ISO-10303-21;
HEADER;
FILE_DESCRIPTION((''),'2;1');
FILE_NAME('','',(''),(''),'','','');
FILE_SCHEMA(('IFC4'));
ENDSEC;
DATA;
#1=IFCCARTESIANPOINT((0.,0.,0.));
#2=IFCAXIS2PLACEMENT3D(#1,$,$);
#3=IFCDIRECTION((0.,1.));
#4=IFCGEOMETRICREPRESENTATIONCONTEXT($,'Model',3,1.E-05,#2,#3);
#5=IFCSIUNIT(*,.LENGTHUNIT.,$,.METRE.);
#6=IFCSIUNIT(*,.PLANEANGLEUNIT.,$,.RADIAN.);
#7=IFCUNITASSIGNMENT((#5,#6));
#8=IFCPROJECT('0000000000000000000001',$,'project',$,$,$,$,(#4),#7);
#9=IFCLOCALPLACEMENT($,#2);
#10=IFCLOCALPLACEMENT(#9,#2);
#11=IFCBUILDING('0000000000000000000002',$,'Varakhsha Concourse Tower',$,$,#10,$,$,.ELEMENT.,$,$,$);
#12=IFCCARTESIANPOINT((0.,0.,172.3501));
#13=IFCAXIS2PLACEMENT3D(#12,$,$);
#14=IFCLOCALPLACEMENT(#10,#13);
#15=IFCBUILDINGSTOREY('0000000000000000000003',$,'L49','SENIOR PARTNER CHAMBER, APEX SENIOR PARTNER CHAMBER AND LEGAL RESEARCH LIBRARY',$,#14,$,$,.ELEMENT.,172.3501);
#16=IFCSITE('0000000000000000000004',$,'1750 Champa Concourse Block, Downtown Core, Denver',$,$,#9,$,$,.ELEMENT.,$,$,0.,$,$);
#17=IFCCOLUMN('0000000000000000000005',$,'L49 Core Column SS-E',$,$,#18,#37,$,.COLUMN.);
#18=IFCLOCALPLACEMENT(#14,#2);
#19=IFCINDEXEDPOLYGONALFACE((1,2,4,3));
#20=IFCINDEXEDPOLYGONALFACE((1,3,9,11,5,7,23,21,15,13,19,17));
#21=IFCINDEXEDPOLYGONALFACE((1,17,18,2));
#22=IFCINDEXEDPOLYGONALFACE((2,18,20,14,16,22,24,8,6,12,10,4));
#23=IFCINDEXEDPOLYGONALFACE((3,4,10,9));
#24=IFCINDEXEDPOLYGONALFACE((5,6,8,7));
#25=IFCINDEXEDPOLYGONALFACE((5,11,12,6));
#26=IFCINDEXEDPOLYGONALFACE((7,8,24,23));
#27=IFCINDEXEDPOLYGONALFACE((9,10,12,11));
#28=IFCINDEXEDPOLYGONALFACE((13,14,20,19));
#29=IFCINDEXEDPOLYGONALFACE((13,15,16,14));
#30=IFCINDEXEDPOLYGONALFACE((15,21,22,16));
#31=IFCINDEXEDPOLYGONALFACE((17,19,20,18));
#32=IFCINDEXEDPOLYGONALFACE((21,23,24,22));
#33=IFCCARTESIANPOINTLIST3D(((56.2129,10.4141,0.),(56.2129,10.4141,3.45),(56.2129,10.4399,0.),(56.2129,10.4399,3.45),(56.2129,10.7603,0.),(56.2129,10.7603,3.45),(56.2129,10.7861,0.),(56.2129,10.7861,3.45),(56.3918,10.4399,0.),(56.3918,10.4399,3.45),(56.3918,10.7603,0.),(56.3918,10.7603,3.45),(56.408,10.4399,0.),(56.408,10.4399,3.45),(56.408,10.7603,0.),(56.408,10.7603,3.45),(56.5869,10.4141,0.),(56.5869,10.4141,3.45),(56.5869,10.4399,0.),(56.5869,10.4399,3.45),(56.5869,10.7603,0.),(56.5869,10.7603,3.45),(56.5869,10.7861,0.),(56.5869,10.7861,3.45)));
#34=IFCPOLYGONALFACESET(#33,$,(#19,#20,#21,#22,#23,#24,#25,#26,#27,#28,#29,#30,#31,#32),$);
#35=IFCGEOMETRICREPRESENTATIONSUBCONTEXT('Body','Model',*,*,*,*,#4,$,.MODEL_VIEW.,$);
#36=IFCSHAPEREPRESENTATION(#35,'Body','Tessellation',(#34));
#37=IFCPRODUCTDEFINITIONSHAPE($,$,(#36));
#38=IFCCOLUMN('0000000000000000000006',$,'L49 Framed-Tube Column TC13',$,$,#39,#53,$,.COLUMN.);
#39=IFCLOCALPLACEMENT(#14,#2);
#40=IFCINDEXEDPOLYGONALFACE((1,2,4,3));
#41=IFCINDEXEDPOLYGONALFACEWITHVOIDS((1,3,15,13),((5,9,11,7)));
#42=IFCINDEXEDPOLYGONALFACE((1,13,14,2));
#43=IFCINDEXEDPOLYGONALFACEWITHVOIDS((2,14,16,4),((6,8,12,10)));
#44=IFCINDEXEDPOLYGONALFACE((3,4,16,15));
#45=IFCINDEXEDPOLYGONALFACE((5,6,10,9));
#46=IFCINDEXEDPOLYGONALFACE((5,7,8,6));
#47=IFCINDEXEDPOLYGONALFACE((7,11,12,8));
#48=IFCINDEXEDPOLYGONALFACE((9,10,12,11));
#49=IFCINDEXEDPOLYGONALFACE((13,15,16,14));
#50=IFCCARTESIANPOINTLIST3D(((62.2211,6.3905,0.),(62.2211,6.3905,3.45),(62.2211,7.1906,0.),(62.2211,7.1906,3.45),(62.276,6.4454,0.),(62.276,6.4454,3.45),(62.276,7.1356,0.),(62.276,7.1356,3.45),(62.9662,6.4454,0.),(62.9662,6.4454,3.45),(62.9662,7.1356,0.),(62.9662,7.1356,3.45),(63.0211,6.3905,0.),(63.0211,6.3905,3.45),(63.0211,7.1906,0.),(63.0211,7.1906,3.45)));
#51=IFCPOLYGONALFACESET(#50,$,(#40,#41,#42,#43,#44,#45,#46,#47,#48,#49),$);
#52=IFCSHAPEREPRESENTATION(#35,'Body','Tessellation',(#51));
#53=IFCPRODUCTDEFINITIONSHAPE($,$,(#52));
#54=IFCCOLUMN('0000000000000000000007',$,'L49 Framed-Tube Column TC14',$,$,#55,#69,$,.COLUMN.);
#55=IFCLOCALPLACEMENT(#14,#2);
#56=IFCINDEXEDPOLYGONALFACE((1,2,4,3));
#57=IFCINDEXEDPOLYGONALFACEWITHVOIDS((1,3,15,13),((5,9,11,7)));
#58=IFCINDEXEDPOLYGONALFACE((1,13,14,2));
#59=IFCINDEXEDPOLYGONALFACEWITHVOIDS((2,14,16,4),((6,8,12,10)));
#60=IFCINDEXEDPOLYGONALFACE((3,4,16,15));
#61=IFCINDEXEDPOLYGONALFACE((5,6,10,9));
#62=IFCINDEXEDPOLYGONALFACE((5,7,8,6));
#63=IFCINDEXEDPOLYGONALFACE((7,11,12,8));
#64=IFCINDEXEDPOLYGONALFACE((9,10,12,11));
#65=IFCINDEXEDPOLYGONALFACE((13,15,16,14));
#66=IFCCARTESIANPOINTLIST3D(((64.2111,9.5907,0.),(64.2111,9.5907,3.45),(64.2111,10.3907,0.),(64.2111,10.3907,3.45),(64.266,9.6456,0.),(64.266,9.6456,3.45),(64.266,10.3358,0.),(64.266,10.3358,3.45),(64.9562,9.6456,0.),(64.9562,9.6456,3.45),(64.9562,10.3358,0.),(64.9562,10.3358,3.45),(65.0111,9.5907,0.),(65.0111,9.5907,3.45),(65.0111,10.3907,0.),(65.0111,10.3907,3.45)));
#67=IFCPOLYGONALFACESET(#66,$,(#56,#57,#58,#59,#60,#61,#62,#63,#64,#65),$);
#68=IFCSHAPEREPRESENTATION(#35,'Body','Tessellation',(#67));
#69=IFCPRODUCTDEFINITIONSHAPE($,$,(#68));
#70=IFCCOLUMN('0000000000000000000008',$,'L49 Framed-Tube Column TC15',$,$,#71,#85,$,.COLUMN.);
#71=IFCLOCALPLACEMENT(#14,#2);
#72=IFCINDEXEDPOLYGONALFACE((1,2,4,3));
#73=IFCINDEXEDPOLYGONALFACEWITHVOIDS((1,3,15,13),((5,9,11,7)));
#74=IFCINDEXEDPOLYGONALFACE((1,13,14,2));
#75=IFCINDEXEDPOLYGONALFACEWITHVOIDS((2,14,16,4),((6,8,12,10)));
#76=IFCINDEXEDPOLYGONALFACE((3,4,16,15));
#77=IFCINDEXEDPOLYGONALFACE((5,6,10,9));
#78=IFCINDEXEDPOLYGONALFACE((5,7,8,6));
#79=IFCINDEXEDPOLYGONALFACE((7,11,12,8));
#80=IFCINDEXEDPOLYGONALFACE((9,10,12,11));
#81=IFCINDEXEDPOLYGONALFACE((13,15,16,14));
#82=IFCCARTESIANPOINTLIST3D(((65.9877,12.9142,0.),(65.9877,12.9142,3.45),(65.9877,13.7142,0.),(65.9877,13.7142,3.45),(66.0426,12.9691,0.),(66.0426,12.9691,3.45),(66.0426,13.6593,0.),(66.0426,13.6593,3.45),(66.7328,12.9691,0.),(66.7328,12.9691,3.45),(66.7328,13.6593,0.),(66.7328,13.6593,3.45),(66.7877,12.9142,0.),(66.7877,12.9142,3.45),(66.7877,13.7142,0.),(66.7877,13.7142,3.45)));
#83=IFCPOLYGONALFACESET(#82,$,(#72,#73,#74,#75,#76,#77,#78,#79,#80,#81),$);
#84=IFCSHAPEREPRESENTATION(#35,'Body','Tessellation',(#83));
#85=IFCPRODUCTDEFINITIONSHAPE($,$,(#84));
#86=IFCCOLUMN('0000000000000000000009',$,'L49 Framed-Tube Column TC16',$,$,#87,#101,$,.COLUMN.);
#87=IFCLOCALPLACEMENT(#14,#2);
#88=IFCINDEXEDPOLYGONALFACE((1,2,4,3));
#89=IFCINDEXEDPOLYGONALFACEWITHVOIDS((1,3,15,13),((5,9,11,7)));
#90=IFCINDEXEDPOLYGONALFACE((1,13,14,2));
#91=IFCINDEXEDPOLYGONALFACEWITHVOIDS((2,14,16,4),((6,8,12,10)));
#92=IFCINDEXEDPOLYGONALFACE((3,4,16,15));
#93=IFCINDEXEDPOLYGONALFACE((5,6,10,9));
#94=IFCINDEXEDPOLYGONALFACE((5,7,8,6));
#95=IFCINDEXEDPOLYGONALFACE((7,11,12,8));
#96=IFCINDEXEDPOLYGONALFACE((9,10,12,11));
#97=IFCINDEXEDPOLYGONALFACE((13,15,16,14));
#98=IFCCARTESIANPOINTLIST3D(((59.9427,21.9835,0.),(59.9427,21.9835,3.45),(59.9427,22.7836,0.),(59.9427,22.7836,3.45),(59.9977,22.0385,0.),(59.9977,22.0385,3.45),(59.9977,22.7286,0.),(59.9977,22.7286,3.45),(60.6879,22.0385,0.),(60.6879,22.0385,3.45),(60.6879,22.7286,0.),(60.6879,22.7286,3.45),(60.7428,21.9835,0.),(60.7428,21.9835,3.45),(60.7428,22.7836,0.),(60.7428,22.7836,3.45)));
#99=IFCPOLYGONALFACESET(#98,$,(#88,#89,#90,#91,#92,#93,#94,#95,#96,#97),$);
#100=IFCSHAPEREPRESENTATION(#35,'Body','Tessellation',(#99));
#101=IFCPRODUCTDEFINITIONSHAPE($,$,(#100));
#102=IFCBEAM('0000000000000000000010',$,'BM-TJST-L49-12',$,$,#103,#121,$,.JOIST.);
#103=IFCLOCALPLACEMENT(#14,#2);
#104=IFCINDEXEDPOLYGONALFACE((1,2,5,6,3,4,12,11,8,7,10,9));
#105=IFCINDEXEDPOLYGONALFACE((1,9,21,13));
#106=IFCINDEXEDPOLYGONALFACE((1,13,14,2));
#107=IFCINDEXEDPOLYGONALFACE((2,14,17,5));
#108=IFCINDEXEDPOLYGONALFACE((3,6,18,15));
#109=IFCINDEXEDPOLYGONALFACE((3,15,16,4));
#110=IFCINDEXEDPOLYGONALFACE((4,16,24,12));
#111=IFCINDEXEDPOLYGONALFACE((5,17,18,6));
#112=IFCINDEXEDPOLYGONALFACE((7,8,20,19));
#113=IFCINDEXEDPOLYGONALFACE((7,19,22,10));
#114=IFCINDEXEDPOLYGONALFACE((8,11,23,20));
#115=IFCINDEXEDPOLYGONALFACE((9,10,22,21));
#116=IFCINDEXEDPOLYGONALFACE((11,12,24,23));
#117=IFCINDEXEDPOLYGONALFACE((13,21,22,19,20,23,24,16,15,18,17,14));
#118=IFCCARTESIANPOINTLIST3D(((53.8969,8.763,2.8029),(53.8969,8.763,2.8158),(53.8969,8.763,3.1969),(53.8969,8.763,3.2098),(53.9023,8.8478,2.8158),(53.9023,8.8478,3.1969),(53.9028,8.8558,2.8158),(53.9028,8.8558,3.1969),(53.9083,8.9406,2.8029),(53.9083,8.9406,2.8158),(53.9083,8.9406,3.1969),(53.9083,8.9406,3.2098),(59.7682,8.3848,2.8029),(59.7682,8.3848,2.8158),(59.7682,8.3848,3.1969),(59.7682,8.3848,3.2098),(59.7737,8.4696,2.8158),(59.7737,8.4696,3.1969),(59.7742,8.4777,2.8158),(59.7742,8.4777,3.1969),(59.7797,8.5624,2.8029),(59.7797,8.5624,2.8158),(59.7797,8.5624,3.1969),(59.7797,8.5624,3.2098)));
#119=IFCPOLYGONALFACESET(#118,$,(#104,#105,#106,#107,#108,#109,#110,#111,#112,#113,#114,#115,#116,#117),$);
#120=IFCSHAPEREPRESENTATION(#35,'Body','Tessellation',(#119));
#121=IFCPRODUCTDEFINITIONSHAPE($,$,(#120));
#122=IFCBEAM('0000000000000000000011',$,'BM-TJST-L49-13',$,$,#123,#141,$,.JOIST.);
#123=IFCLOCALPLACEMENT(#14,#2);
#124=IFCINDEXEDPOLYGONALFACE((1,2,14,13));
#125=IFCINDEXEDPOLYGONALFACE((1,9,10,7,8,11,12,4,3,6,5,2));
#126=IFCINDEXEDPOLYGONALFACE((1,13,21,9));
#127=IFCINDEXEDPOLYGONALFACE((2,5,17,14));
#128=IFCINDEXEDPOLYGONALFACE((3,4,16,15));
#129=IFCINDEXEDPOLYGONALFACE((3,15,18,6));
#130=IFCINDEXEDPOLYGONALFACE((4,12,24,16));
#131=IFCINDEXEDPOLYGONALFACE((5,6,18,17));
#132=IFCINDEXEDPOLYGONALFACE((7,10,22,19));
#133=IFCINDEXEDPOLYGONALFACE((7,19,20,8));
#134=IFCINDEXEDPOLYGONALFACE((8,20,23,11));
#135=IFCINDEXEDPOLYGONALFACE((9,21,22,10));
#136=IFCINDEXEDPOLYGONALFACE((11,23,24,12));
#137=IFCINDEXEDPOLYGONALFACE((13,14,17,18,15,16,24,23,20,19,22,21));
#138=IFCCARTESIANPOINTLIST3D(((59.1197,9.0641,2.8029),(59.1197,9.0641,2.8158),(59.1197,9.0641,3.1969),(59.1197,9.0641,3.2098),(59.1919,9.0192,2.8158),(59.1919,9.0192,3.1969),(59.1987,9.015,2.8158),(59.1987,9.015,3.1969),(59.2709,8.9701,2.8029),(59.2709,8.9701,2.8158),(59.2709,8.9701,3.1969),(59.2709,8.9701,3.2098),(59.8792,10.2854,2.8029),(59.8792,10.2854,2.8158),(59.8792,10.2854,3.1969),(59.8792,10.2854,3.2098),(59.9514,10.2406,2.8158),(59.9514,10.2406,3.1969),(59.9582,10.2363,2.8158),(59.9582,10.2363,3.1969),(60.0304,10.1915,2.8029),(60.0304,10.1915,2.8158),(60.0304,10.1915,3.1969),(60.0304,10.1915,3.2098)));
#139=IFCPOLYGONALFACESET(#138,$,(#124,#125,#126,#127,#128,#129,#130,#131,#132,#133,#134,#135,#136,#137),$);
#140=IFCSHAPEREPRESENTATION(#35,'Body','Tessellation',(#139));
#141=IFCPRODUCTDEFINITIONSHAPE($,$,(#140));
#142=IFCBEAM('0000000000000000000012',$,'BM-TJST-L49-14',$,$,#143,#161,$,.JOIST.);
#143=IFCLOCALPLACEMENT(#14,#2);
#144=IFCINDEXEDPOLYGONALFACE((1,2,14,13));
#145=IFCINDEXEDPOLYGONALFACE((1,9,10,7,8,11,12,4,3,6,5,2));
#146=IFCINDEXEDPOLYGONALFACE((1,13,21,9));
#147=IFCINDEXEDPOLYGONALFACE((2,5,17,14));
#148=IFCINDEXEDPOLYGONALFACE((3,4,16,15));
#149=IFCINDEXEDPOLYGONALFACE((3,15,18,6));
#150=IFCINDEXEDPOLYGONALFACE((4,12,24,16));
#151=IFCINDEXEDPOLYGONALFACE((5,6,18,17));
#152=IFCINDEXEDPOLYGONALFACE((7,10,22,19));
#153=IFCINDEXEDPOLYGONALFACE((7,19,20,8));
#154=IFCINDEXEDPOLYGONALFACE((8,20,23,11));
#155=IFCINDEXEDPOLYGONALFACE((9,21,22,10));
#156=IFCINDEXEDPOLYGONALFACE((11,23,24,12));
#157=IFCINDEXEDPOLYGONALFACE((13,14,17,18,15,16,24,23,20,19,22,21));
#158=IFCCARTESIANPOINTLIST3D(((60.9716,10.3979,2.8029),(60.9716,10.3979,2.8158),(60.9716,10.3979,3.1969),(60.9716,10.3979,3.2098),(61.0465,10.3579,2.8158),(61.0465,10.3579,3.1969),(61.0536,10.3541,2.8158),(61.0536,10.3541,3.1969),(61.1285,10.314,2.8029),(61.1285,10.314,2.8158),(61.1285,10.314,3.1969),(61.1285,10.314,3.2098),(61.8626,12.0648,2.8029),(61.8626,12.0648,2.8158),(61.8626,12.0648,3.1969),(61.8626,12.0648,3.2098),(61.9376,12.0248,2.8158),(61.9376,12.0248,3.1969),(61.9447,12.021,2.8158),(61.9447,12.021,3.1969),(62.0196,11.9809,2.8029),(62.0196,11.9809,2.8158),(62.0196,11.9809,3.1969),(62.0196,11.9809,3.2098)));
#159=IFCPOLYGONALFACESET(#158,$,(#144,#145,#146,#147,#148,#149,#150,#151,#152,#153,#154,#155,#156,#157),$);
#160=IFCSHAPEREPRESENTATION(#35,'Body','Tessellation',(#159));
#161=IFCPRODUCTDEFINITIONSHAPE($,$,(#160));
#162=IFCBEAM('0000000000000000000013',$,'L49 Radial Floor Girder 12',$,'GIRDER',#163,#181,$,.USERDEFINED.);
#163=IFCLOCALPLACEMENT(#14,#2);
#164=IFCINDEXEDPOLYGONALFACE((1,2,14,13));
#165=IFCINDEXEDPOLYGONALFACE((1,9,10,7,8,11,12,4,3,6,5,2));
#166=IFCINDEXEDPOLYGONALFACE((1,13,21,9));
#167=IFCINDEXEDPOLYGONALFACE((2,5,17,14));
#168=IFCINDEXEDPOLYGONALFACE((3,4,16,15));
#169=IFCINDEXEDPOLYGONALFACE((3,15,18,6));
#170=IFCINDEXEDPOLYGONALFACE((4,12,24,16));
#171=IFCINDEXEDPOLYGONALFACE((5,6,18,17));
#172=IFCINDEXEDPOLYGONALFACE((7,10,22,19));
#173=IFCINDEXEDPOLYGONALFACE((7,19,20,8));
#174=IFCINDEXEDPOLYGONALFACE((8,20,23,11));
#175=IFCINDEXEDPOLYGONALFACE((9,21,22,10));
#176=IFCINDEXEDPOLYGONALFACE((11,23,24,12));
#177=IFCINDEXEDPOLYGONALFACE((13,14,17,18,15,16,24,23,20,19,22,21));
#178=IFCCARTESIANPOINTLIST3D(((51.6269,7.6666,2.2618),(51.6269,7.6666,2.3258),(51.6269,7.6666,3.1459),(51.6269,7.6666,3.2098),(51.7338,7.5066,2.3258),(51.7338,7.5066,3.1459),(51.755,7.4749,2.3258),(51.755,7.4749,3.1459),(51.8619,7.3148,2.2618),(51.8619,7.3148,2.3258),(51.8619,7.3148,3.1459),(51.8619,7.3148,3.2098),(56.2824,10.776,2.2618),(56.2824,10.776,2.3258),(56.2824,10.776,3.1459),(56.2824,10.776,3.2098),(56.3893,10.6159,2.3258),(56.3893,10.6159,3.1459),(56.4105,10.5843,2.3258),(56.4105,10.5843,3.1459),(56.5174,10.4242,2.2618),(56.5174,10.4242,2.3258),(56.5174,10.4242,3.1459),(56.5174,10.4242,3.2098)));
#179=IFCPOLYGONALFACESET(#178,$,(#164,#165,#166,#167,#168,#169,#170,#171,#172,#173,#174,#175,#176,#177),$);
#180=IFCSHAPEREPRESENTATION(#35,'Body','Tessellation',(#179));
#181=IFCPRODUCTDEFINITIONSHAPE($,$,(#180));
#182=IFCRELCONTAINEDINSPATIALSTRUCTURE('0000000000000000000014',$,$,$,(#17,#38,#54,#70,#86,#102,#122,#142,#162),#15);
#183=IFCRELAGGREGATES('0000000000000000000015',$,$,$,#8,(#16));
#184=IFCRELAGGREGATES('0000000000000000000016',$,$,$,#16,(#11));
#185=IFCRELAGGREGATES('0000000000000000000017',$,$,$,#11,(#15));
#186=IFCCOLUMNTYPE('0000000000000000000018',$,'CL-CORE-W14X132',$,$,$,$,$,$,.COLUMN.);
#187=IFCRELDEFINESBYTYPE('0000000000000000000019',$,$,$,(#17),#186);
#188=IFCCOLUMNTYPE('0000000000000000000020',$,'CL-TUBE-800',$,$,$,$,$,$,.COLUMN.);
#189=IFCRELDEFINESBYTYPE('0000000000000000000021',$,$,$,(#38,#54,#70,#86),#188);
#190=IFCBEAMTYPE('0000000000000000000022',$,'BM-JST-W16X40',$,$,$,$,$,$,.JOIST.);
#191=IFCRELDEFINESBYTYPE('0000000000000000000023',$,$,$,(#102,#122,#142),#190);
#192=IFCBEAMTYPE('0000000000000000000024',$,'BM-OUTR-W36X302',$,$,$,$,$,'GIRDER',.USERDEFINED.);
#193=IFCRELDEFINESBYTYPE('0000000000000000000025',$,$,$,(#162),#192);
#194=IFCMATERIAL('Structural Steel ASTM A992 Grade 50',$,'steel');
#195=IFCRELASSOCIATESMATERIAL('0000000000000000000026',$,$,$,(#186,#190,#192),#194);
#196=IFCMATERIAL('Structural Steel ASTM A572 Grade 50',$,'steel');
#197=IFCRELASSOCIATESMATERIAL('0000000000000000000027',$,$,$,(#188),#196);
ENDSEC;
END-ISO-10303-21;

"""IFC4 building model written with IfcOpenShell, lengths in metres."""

from ifc_helpers import new_model, si_unit, direction, frame, origin, origin_2d, place, context, subcontext, project, spatial, hollow_rectangle, i_section, extrude, material, material_profile, profile_set, type_object, element, save


model = new_model("IFC4")

# Units and contexts
model_context = context("Model", 3, precision=1e-05, world=origin(), true_north=direction((0.0, 1.0)))
body_context = subcontext(model_context, "Body", "Model", "MODEL_VIEW")
ifc_project = project(units=[si_unit("LENGTHUNIT", "METRE"), si_unit("PLANEANGLEUNIT", "RADIAN")], contexts=[model_context])

# Site, building, storey
site_placement = place(None, origin())
site = spatial("IfcSite", under=ifc_project, at=site_placement, Name="1750 Champa Concourse Block, Downtown Core, Denver", CompositionType="ELEMENT", RefElevation=0.0)
building_placement = place(site_placement, origin())
building = spatial("IfcBuilding", under=site, at=building_placement, Name="Varakhsha Concourse Tower", CompositionType="ELEMENT")
storey_placement = place(building_placement, frame((0.0, 0.0, 172.3501)))
storey = spatial("IfcBuildingStorey", under=building, at=storey_placement, Name="L49", Description="SENIOR PARTNER CHAMBER, APEX SENIOR PARTNER CHAMBER AND LEGAL RESEARCH LIBRARY", CompositionType="ELEMENT", Elevation=172.3501)

# Columns
ifc_material_1 = material(Name="Structural Steel ASTM A992 Grade 50", Category="steel")
ifc_material_profile_1 = material_profile(ifc_material_1, i_section(OverallWidth=0.374, OverallDepth=0.3721, WebThickness=0.0161, FlangeThickness=0.0259, at=origin_2d()), Name="W14X132")
ifc_profile_set_1 = profile_set([ifc_material_profile_1], Name="Structural Steel ASTM A992 Grade 50")
column_type_1 = type_object("IfcColumnType", Name="CL-CORE-W14X132", PredefinedType="COLUMN", material=ifc_profile_set_1)
column_placement = place(storey_placement, frame((56.3999, 10.6001, 0.0), z_axis=(0.0, 0.0, 1.0), x_axis=(1.0, 0.0, 0.0)))
element("IfcColumn", 1, at=column_placement, inside=storey, type_object=column_type_1, Name="L49 Core Column SS-E", PredefinedType="COLUMN", context=body_context, shape_type="SweptSolid", body=[
    extrude(i_section(OverallWidth=0.374, OverallDepth=0.3721, WebThickness=0.0161, FlangeThickness=0.0259, at=origin_2d()), origin(), (0.0, 0.0, 1.0), 3.45),
])
ifc_material_2 = material(Name="Structural Steel ASTM A572 Grade 50", Category="steel")
ifc_material_profile_2 = material_profile(ifc_material_2, hollow_rectangle(XDim=0.8, YDim=0.8, WallThickness=0.0549, at=origin_2d()), Name="BOX 800x800x55")
ifc_profile_set_2 = profile_set([ifc_material_profile_2], Name="Structural Steel ASTM A572 Grade 50")
column_type_2 = type_object("IfcColumnType", Name="CL-TUBE-800", PredefinedType="COLUMN", material=ifc_profile_set_2)
for number, where, z_axis, x_axis, name in (
    (2, (62.6211, 6.7905, 0.0), (0.0, 0.0, 1.0), (1.0, 0.0, 0.0), "L49 Framed-Tube Column TC13"),
    (3, (64.6111, 9.9907, 0.0), (0.0, 0.0, 1.0), (1.0, 0.0, 0.0), "L49 Framed-Tube Column TC14"),
    (4, (66.3877, 13.3142, 0.0), (0.0, 0.0, 1.0), (1.0, 0.0, 0.0), "L49 Framed-Tube Column TC15"),
    (5, (60.3428, 22.3835, 0.0), (0.0, 0.0, 1.0), (1.0, 0.0, 0.0), "L49 Framed-Tube Column TC16"),
):
    element("IfcColumn", number, at=place(storey_placement, frame(where, z_axis=z_axis, x_axis=x_axis)), inside=storey, type_object=column_type_2, Name=name, PredefinedType="COLUMN", context=body_context, shape_type="SweptSolid", body=[
        extrude(hollow_rectangle(XDim=0.8, YDim=0.8, WallThickness=0.0549, at=origin_2d()), origin(), (0.0, 0.0, 1.0), 3.45),
    ])

# Beams
ifc_material_profile_3 = material_profile(ifc_material_1, i_section(OverallWidth=0.178, OverallDepth=0.407, WebThickness=0.0081, FlangeThickness=0.0129, at=origin_2d()), Name="W16X40")
ifc_profile_set_3 = profile_set([ifc_material_profile_3], Name="Structural Steel ASTM A992 Grade 50")
beam_type_1 = type_object("IfcBeamType", Name="BM-JST-W16X40", PredefinedType="JOIST", material=ifc_profile_set_3)
beam_1_placement = place(storey_placement, frame((53.9026, 8.8518, 3.0063), z_axis=(0.997932, -0.064277, 0.0), x_axis=(0.064277, 0.997932, 0.0)))
element("IfcBeam", 6, at=beam_1_placement, inside=storey, type_object=beam_type_1, Name="BM-TJST-L49-12", PredefinedType="JOIST", context=body_context, shape_type="SweptSolid", body=[
    extrude(i_section(OverallWidth=0.178, OverallDepth=0.407, WebThickness=0.0081, FlangeThickness=0.0129, at=origin_2d()), origin(), (0.0, 0.0, 1.0), 5.8835),
])
beam_2_placement = place(storey_placement, frame((59.1953, 9.0171, 3.0063), z_axis=(0.52806, 0.849207, 0.0), x_axis=(-0.849207, 0.52806, 0.0)))
element("IfcBeam", 7, at=beam_2_placement, inside=storey, type_object=beam_type_1, Name="BM-TJST-L49-13", PredefinedType="JOIST", context=body_context, shape_type="SweptSolid", body=[
    extrude(i_section(OverallWidth=0.178, OverallDepth=0.407, WebThickness=0.0081, FlangeThickness=0.0129, at=origin_2d()), origin(), (0.0, 0.0, 1.0), 1.4382),
])
beam_3_placement = place(storey_placement, frame((61.05, 10.356, 3.0063), z_axis=(0.471433, 0.881902, 0.0), x_axis=(-0.881902, 0.471433, 0.0)))
element("IfcBeam", 8, at=beam_3_placement, inside=storey, type_object=beam_type_1, Name="BM-TJST-L49-14", PredefinedType="JOIST", context=body_context, shape_type="SweptSolid", body=[
    extrude(i_section(OverallWidth=0.178, OverallDepth=0.407, WebThickness=0.0081, FlangeThickness=0.0129, at=origin_2d()), origin(), (0.0, 0.0, 1.0), 1.8901),
])
ifc_material_profile_4 = material_profile(ifc_material_1, i_section(OverallWidth=0.4231, OverallDepth=0.948, WebThickness=0.0381, FlangeThickness=0.064, at=origin_2d()), Name="W36X302")
ifc_profile_set_4 = profile_set([ifc_material_profile_4], Name="Structural Steel ASTM A992 Grade 50")
beam_type_2 = type_object("IfcBeamType", Name="BM-OUTR-W36X302", ElementType="GIRDER", PredefinedType="USERDEFINED", material=ifc_profile_set_4)
beam_4_placement = place(storey_placement, frame((56.3999, 10.6001, 2.7358), z_axis=(-0.83158, -0.555404, 0.0), x_axis=(0.555404, -0.83158, 0.0)))
element("IfcBeam", 9, at=beam_4_placement, inside=storey, type_object=beam_type_2, Name="L49 Radial Floor Girder 12", ObjectType="GIRDER", PredefinedType="USERDEFINED", context=body_context, shape_type="SweptSolid", body=[
    extrude(i_section(OverallWidth=0.4231, OverallDepth=0.948, WebThickness=0.0381, FlangeThickness=0.064, at=origin_2d()), origin(), (0.0, 0.0, 1.0), 5.5984),
])

save(model, "model.ifc")
